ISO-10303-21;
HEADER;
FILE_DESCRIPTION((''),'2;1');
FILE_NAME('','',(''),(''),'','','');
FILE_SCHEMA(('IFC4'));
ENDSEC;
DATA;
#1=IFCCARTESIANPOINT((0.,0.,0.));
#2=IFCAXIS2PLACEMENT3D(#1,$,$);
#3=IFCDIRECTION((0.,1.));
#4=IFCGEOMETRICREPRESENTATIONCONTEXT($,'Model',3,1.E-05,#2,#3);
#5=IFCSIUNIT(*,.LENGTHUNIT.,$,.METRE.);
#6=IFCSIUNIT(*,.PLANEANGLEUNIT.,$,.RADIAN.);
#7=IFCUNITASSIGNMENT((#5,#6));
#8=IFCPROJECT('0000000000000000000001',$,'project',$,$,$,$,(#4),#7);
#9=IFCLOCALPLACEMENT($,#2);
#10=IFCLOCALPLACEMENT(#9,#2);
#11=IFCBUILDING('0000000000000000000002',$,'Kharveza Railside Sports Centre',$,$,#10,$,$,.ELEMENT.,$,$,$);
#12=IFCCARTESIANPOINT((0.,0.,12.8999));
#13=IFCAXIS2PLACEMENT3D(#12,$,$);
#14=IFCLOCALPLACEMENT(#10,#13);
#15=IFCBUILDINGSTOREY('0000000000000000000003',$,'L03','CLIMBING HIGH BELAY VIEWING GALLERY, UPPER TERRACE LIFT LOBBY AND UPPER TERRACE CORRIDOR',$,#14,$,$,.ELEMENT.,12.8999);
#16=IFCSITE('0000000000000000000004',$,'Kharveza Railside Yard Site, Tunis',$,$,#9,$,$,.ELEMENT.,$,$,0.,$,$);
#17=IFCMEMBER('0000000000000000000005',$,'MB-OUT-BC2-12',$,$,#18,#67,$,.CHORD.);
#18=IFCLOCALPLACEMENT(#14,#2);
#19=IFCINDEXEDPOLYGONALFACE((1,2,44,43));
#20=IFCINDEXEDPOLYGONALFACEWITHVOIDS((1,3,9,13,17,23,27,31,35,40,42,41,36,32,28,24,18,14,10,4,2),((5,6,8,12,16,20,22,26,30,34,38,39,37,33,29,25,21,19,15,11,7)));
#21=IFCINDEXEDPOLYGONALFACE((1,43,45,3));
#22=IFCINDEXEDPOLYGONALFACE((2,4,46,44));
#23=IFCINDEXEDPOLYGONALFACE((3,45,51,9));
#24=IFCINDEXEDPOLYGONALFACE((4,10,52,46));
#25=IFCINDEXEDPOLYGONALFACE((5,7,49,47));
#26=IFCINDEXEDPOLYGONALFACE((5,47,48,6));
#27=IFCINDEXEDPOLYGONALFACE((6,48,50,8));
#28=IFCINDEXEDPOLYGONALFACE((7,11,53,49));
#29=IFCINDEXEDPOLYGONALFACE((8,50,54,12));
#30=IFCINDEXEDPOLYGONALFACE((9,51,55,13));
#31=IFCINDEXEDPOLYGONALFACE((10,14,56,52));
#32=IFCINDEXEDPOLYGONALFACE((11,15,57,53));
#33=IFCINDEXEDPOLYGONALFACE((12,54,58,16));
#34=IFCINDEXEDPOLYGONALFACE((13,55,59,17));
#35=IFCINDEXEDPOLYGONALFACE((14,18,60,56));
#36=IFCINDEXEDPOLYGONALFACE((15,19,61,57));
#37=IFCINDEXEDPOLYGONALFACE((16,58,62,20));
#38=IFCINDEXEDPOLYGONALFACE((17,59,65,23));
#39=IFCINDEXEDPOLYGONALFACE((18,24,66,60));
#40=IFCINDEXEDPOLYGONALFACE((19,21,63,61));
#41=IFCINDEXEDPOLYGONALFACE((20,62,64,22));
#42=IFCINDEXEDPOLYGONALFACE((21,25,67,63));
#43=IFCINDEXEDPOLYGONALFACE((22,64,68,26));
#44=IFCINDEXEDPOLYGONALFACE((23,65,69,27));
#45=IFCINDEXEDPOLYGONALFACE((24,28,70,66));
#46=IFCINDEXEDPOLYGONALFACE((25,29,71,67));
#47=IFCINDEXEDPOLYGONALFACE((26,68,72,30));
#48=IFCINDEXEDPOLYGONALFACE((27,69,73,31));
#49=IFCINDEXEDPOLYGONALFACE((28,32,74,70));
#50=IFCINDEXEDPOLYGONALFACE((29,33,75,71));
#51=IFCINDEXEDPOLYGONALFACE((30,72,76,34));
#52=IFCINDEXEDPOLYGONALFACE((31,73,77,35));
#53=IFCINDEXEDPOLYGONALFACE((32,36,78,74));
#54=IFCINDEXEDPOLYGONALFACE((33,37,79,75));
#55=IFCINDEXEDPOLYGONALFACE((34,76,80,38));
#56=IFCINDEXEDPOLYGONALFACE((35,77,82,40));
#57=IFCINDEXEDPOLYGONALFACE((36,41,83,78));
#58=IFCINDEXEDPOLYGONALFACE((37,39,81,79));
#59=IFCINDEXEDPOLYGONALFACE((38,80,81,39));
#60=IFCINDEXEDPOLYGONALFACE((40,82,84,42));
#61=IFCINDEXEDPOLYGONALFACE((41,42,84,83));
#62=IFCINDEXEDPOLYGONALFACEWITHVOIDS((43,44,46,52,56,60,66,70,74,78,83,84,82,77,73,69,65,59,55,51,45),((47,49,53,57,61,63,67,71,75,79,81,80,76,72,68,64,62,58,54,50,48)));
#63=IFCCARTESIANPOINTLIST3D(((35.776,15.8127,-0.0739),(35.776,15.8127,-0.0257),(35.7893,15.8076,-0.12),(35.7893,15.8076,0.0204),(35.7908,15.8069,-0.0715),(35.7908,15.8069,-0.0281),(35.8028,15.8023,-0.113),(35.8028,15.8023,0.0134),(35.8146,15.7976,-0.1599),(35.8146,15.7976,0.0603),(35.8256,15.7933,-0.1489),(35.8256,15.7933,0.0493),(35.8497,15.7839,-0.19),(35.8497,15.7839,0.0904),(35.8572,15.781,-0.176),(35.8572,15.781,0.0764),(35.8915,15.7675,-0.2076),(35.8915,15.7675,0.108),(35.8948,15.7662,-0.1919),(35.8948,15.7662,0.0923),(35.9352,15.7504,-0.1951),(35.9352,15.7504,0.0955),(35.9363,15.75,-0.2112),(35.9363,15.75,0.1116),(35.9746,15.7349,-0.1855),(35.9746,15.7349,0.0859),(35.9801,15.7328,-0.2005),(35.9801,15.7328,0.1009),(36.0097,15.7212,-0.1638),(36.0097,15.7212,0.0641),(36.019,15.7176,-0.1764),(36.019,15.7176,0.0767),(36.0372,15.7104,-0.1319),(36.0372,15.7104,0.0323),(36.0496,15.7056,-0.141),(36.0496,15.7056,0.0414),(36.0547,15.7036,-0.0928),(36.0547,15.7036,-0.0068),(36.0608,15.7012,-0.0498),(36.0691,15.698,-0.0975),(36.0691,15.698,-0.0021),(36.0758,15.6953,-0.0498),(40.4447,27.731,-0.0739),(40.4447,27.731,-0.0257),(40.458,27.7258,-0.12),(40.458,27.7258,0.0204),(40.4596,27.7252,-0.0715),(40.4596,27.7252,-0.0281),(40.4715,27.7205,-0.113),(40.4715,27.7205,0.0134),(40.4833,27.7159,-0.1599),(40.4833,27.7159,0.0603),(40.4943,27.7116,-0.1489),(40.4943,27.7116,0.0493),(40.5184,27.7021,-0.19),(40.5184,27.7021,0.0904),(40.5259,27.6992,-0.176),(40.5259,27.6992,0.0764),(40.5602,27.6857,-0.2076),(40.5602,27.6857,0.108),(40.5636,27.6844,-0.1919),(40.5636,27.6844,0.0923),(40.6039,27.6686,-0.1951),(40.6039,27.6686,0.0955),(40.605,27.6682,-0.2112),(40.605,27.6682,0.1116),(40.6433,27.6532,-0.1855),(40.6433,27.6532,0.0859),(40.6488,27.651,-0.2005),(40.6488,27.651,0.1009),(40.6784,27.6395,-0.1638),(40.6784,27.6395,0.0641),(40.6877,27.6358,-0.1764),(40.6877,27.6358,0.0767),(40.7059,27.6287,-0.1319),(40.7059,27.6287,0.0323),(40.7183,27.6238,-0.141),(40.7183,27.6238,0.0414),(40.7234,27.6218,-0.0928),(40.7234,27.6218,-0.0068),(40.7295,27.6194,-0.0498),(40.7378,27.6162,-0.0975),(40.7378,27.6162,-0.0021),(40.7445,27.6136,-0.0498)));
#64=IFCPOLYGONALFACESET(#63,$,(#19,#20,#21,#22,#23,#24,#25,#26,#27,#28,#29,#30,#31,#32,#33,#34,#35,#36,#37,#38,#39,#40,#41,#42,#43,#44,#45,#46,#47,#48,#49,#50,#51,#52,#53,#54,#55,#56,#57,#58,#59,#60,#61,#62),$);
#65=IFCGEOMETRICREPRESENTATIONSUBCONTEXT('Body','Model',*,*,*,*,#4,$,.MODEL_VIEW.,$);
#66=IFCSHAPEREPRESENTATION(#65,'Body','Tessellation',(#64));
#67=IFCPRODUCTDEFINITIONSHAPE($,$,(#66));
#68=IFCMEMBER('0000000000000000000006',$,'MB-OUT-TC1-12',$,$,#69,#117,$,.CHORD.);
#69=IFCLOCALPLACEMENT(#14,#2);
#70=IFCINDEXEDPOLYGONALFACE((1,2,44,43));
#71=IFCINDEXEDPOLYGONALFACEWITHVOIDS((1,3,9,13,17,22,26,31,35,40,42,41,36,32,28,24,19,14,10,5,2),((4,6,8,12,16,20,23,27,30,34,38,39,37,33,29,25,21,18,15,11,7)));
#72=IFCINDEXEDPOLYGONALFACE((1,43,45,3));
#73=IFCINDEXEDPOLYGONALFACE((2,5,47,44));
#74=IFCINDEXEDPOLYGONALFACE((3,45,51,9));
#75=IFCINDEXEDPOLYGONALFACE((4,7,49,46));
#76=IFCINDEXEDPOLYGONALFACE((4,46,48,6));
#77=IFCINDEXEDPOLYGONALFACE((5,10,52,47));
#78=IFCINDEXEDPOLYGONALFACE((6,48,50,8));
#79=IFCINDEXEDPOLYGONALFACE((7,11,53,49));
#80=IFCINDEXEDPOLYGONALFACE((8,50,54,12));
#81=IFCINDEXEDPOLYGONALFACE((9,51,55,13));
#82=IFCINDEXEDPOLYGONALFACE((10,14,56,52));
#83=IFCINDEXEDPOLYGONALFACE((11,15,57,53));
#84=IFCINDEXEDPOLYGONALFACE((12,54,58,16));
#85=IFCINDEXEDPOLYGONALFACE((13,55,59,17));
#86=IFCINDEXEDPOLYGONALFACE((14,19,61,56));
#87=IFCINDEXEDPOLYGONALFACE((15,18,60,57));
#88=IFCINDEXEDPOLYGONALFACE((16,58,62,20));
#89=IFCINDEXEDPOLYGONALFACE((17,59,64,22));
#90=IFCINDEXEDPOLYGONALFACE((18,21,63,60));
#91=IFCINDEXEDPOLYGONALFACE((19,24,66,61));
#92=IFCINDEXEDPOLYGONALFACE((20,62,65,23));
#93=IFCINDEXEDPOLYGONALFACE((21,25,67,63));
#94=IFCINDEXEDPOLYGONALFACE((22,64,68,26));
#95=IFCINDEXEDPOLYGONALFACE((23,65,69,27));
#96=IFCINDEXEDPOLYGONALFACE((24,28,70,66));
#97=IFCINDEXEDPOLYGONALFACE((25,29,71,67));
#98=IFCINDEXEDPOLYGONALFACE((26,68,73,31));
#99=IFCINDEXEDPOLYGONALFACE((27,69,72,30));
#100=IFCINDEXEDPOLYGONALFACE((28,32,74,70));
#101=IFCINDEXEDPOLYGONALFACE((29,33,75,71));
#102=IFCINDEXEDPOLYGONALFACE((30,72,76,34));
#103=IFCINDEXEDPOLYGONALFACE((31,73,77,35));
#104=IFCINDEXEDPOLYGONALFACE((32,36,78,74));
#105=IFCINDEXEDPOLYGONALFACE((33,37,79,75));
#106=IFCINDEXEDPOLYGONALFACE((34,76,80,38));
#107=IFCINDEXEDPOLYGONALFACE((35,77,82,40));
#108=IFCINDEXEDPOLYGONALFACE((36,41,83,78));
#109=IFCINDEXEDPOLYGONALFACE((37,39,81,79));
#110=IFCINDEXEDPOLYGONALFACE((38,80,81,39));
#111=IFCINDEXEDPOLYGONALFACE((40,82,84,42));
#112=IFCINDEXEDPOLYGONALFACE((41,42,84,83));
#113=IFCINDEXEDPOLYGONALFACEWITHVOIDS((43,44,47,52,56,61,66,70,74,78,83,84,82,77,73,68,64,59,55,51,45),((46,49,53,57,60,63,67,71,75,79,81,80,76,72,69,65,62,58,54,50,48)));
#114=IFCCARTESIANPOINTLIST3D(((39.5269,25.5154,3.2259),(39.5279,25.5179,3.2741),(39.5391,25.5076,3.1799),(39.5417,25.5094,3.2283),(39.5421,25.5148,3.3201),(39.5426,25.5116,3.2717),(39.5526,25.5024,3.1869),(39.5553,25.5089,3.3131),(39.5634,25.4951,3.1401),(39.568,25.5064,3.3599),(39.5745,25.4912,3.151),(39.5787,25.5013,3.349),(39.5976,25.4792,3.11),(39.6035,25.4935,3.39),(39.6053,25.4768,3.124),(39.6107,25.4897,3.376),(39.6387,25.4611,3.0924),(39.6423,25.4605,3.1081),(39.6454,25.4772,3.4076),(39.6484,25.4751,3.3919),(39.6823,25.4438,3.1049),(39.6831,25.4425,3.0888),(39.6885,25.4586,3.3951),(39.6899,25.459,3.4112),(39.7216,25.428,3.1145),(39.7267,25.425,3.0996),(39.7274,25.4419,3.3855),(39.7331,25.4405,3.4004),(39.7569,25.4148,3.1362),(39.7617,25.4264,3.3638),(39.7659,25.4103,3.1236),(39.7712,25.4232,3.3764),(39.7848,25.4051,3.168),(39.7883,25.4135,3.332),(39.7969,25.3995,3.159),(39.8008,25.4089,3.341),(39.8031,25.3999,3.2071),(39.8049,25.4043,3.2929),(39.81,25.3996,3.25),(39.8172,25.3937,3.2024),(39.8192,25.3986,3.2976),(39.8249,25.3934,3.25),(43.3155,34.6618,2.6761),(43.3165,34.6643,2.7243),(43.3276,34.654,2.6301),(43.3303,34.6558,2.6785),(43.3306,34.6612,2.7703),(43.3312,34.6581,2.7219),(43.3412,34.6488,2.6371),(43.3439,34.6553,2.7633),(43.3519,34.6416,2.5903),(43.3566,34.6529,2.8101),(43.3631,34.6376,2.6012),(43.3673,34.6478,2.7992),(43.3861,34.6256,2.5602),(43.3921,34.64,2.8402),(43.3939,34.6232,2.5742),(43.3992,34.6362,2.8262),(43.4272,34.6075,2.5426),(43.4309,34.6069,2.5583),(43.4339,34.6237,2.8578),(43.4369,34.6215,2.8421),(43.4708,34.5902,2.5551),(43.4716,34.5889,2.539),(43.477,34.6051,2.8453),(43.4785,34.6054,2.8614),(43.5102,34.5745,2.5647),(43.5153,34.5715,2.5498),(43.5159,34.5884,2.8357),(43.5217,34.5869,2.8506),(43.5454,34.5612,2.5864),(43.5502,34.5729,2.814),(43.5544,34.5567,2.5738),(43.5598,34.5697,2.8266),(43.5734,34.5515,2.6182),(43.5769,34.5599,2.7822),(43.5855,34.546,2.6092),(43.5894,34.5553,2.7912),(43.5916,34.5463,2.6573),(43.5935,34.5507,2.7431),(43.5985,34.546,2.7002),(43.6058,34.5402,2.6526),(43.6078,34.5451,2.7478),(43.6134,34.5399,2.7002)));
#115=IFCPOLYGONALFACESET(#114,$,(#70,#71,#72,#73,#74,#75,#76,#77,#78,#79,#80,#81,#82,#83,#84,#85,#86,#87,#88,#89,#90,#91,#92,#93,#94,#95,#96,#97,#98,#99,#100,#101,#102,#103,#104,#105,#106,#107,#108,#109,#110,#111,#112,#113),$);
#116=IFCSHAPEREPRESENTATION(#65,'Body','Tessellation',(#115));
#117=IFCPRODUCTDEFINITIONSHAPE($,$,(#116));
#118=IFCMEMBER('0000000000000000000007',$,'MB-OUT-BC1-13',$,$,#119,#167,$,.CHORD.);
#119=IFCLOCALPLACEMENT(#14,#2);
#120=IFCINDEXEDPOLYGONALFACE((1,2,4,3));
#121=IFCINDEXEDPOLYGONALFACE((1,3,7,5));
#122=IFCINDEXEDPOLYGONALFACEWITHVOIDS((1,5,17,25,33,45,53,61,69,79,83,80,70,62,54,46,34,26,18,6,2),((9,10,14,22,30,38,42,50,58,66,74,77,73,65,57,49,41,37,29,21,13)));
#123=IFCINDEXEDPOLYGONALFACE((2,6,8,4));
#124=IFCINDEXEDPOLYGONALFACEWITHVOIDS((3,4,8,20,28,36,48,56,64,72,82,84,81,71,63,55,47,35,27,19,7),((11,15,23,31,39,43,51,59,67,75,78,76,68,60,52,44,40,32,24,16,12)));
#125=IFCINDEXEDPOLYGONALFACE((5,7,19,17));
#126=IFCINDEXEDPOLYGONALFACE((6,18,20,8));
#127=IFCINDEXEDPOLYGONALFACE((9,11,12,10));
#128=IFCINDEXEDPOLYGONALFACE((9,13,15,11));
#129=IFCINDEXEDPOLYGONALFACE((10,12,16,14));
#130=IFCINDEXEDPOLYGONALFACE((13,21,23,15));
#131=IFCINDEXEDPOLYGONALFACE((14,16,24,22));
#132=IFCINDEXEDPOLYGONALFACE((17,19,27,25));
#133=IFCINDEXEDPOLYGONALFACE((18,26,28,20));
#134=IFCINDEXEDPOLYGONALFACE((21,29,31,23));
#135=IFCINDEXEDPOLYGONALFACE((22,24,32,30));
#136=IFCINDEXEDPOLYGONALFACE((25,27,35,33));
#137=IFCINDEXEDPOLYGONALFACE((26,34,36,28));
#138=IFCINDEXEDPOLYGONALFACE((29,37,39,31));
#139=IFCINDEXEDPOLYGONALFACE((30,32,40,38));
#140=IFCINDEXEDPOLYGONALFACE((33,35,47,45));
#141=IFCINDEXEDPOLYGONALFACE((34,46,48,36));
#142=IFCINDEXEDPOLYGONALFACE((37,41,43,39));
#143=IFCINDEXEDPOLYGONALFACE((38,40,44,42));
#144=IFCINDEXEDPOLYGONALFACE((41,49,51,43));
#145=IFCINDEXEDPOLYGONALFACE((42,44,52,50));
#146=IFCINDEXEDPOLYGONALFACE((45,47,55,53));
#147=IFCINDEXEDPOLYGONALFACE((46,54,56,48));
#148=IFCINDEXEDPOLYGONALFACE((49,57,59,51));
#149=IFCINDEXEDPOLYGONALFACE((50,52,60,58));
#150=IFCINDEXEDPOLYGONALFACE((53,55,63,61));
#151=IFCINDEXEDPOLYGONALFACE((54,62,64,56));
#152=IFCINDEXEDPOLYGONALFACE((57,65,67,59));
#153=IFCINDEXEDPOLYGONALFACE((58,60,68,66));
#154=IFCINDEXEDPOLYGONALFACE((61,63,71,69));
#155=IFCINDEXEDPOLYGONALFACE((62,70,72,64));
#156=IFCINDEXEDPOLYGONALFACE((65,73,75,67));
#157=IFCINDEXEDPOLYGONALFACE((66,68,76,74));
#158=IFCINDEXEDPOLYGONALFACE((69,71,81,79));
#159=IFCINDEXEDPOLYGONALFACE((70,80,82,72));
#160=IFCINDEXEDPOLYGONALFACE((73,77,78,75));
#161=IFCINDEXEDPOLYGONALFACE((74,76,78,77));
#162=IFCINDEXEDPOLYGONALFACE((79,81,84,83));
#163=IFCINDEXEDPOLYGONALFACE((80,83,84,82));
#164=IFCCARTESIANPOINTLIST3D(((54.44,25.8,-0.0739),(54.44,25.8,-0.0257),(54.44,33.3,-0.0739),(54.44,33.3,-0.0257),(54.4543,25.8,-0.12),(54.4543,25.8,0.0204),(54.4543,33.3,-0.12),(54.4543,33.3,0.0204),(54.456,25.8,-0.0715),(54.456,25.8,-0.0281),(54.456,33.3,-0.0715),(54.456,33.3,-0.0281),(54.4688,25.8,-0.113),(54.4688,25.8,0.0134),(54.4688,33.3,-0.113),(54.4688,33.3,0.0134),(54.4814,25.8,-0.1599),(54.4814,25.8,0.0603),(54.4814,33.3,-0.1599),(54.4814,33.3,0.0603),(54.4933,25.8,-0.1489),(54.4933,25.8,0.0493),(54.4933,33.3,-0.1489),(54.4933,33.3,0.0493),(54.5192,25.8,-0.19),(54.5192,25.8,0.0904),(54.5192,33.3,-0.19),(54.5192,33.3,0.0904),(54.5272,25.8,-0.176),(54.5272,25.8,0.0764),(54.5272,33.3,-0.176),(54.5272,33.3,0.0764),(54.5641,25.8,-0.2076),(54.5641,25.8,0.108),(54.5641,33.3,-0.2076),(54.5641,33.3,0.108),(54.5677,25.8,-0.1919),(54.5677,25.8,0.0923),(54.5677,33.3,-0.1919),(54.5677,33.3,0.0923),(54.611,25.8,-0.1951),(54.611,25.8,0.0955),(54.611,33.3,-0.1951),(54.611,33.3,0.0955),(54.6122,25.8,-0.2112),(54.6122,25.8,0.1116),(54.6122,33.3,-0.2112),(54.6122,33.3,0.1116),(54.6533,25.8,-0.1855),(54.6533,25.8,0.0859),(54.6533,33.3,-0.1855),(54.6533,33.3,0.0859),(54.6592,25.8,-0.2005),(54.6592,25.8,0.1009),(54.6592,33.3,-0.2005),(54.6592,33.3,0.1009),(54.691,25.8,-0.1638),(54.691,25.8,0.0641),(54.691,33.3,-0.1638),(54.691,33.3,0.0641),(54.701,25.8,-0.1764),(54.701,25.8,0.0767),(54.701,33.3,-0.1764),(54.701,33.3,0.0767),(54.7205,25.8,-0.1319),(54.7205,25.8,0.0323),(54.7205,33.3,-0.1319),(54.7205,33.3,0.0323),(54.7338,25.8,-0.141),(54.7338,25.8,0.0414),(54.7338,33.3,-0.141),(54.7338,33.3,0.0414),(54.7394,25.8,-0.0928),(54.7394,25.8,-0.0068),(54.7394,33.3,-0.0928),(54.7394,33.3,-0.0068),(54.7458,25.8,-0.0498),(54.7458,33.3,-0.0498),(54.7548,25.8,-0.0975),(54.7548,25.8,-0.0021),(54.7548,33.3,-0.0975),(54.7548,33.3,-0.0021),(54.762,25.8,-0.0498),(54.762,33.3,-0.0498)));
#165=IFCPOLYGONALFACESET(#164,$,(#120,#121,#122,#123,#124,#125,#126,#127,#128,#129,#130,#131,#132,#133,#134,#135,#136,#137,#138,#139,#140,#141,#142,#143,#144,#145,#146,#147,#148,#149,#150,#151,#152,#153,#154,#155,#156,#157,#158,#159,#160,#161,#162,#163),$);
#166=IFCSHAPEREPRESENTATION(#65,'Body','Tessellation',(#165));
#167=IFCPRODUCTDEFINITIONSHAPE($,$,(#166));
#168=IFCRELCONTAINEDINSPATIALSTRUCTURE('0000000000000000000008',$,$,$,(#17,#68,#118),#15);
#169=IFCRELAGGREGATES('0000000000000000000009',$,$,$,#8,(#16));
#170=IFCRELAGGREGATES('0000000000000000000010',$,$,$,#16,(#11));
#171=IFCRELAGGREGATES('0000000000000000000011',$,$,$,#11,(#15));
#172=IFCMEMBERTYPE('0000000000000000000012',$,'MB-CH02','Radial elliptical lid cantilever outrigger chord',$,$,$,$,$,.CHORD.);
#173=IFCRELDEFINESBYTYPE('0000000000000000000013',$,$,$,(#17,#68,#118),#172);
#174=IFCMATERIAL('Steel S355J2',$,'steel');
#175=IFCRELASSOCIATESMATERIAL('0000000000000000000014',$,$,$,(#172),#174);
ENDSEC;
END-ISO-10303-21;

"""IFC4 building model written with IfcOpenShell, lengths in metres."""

from ifc_helpers import new_model, si_unit, direction, frame, origin, origin_2d, place, context, subcontext, project, spatial, hollow_circle, extrude, material, material_profile, profile_set, type_object, element, save


model = new_model("IFC4")

# Units and contexts
model_context = context("Model", 3, precision=1e-05, world=origin(), true_north=direction((0.0, 1.0)))
body_context = subcontext(model_context, "Body", "Model", "MODEL_VIEW")
ifc_project = project(units=[si_unit("LENGTHUNIT", "METRE"), si_unit("PLANEANGLEUNIT", "RADIAN")], contexts=[model_context])

# Site, building, storey
site_placement = place(None, origin())
site = spatial("IfcSite", under=ifc_project, at=site_placement, Name="Kharveza Railside Yard Site, Tunis", CompositionType="ELEMENT", RefElevation=0.0)
building_placement = place(site_placement, origin())
building = spatial("IfcBuilding", under=site, at=building_placement, Name="Kharveza Railside Sports Centre", CompositionType="ELEMENT")
storey_placement = place(building_placement, frame((0.0, 0.0, 12.8999)))
storey = spatial("IfcBuildingStorey", under=building, at=storey_placement, Name="L03", Description="CLIMBING HIGH BELAY VIEWING GALLERY, UPPER TERRACE LIFT LOBBY AND UPPER TERRACE CORRIDOR", CompositionType="ELEMENT", Elevation=12.8999)

# Members
ifc_material = material(Name="Steel S355J2", Category="steel")
ifc_material_profile_1 = material_profile(ifc_material, hollow_circle(Radius=0.1619, WallThickness=0.0161, at=origin_2d()), Name="CHS 323.9x16.0")
ifc_profile_set_1 = profile_set([ifc_material_profile_1], Name="Steel S355J2")
member_type_1 = type_object("IfcMemberType", Name="MB-CH02", Description="Radial elliptical lid cantilever outrigger chord", PredefinedType="CHORD", material=ifc_profile_set_1)
member_1_placement = place(storey_placement, frame((40.5938, 27.6726, -0.0498), z_axis=(-0.364742, -0.931109, 0.0), x_axis=(0.931109, -0.364742, 0.0)))
element("IfcMember", 1, at=member_1_placement, inside=storey, type_object=member_type_1, Name="MB-OUT-BC2-12", PredefinedType="CHORD", context=body_context, shape_type="SweptSolid", body=[
    extrude(hollow_circle(Radius=0.1619, WallThickness=0.0161, at=origin_2d()), origin(), (0.0, 0.0, 1.0), 12.8),
])
member_2_placement = place(storey_placement, frame((43.4639, 34.6018, 2.7002), z_axis=(-0.382093, -0.922459, 0.05545), x_axis=(0.92388, -0.382681, 0.0)))
element("IfcMember", 2, at=member_2_placement, inside=storey, type_object=member_type_1, Name="MB-OUT-TC1-12", PredefinedType="CHORD", context=body_context, shape_type="SweptSolid", body=[
    extrude(hollow_circle(Radius=0.1619, WallThickness=0.0161, at=origin_2d()), origin(), (0.0, 0.0, 1.0), 9.9153),
])
member_3_placement = place(storey_placement, frame((54.6001, 33.3, -0.0498), z_axis=(0.0, -1.0, 0.0), x_axis=(1.0, 0.0, 0.0)))
element("IfcMember", 3, at=member_3_placement, inside=storey, type_object=member_type_1, Name="MB-OUT-BC1-13", PredefinedType="CHORD", context=body_context, shape_type="SweptSolid", body=[
    extrude(hollow_circle(Radius=0.1619, WallThickness=0.0161, at=origin_2d()), origin(), (0.0, 0.0, 1.0), 7.5),
])

save(model, "model.ifc")
